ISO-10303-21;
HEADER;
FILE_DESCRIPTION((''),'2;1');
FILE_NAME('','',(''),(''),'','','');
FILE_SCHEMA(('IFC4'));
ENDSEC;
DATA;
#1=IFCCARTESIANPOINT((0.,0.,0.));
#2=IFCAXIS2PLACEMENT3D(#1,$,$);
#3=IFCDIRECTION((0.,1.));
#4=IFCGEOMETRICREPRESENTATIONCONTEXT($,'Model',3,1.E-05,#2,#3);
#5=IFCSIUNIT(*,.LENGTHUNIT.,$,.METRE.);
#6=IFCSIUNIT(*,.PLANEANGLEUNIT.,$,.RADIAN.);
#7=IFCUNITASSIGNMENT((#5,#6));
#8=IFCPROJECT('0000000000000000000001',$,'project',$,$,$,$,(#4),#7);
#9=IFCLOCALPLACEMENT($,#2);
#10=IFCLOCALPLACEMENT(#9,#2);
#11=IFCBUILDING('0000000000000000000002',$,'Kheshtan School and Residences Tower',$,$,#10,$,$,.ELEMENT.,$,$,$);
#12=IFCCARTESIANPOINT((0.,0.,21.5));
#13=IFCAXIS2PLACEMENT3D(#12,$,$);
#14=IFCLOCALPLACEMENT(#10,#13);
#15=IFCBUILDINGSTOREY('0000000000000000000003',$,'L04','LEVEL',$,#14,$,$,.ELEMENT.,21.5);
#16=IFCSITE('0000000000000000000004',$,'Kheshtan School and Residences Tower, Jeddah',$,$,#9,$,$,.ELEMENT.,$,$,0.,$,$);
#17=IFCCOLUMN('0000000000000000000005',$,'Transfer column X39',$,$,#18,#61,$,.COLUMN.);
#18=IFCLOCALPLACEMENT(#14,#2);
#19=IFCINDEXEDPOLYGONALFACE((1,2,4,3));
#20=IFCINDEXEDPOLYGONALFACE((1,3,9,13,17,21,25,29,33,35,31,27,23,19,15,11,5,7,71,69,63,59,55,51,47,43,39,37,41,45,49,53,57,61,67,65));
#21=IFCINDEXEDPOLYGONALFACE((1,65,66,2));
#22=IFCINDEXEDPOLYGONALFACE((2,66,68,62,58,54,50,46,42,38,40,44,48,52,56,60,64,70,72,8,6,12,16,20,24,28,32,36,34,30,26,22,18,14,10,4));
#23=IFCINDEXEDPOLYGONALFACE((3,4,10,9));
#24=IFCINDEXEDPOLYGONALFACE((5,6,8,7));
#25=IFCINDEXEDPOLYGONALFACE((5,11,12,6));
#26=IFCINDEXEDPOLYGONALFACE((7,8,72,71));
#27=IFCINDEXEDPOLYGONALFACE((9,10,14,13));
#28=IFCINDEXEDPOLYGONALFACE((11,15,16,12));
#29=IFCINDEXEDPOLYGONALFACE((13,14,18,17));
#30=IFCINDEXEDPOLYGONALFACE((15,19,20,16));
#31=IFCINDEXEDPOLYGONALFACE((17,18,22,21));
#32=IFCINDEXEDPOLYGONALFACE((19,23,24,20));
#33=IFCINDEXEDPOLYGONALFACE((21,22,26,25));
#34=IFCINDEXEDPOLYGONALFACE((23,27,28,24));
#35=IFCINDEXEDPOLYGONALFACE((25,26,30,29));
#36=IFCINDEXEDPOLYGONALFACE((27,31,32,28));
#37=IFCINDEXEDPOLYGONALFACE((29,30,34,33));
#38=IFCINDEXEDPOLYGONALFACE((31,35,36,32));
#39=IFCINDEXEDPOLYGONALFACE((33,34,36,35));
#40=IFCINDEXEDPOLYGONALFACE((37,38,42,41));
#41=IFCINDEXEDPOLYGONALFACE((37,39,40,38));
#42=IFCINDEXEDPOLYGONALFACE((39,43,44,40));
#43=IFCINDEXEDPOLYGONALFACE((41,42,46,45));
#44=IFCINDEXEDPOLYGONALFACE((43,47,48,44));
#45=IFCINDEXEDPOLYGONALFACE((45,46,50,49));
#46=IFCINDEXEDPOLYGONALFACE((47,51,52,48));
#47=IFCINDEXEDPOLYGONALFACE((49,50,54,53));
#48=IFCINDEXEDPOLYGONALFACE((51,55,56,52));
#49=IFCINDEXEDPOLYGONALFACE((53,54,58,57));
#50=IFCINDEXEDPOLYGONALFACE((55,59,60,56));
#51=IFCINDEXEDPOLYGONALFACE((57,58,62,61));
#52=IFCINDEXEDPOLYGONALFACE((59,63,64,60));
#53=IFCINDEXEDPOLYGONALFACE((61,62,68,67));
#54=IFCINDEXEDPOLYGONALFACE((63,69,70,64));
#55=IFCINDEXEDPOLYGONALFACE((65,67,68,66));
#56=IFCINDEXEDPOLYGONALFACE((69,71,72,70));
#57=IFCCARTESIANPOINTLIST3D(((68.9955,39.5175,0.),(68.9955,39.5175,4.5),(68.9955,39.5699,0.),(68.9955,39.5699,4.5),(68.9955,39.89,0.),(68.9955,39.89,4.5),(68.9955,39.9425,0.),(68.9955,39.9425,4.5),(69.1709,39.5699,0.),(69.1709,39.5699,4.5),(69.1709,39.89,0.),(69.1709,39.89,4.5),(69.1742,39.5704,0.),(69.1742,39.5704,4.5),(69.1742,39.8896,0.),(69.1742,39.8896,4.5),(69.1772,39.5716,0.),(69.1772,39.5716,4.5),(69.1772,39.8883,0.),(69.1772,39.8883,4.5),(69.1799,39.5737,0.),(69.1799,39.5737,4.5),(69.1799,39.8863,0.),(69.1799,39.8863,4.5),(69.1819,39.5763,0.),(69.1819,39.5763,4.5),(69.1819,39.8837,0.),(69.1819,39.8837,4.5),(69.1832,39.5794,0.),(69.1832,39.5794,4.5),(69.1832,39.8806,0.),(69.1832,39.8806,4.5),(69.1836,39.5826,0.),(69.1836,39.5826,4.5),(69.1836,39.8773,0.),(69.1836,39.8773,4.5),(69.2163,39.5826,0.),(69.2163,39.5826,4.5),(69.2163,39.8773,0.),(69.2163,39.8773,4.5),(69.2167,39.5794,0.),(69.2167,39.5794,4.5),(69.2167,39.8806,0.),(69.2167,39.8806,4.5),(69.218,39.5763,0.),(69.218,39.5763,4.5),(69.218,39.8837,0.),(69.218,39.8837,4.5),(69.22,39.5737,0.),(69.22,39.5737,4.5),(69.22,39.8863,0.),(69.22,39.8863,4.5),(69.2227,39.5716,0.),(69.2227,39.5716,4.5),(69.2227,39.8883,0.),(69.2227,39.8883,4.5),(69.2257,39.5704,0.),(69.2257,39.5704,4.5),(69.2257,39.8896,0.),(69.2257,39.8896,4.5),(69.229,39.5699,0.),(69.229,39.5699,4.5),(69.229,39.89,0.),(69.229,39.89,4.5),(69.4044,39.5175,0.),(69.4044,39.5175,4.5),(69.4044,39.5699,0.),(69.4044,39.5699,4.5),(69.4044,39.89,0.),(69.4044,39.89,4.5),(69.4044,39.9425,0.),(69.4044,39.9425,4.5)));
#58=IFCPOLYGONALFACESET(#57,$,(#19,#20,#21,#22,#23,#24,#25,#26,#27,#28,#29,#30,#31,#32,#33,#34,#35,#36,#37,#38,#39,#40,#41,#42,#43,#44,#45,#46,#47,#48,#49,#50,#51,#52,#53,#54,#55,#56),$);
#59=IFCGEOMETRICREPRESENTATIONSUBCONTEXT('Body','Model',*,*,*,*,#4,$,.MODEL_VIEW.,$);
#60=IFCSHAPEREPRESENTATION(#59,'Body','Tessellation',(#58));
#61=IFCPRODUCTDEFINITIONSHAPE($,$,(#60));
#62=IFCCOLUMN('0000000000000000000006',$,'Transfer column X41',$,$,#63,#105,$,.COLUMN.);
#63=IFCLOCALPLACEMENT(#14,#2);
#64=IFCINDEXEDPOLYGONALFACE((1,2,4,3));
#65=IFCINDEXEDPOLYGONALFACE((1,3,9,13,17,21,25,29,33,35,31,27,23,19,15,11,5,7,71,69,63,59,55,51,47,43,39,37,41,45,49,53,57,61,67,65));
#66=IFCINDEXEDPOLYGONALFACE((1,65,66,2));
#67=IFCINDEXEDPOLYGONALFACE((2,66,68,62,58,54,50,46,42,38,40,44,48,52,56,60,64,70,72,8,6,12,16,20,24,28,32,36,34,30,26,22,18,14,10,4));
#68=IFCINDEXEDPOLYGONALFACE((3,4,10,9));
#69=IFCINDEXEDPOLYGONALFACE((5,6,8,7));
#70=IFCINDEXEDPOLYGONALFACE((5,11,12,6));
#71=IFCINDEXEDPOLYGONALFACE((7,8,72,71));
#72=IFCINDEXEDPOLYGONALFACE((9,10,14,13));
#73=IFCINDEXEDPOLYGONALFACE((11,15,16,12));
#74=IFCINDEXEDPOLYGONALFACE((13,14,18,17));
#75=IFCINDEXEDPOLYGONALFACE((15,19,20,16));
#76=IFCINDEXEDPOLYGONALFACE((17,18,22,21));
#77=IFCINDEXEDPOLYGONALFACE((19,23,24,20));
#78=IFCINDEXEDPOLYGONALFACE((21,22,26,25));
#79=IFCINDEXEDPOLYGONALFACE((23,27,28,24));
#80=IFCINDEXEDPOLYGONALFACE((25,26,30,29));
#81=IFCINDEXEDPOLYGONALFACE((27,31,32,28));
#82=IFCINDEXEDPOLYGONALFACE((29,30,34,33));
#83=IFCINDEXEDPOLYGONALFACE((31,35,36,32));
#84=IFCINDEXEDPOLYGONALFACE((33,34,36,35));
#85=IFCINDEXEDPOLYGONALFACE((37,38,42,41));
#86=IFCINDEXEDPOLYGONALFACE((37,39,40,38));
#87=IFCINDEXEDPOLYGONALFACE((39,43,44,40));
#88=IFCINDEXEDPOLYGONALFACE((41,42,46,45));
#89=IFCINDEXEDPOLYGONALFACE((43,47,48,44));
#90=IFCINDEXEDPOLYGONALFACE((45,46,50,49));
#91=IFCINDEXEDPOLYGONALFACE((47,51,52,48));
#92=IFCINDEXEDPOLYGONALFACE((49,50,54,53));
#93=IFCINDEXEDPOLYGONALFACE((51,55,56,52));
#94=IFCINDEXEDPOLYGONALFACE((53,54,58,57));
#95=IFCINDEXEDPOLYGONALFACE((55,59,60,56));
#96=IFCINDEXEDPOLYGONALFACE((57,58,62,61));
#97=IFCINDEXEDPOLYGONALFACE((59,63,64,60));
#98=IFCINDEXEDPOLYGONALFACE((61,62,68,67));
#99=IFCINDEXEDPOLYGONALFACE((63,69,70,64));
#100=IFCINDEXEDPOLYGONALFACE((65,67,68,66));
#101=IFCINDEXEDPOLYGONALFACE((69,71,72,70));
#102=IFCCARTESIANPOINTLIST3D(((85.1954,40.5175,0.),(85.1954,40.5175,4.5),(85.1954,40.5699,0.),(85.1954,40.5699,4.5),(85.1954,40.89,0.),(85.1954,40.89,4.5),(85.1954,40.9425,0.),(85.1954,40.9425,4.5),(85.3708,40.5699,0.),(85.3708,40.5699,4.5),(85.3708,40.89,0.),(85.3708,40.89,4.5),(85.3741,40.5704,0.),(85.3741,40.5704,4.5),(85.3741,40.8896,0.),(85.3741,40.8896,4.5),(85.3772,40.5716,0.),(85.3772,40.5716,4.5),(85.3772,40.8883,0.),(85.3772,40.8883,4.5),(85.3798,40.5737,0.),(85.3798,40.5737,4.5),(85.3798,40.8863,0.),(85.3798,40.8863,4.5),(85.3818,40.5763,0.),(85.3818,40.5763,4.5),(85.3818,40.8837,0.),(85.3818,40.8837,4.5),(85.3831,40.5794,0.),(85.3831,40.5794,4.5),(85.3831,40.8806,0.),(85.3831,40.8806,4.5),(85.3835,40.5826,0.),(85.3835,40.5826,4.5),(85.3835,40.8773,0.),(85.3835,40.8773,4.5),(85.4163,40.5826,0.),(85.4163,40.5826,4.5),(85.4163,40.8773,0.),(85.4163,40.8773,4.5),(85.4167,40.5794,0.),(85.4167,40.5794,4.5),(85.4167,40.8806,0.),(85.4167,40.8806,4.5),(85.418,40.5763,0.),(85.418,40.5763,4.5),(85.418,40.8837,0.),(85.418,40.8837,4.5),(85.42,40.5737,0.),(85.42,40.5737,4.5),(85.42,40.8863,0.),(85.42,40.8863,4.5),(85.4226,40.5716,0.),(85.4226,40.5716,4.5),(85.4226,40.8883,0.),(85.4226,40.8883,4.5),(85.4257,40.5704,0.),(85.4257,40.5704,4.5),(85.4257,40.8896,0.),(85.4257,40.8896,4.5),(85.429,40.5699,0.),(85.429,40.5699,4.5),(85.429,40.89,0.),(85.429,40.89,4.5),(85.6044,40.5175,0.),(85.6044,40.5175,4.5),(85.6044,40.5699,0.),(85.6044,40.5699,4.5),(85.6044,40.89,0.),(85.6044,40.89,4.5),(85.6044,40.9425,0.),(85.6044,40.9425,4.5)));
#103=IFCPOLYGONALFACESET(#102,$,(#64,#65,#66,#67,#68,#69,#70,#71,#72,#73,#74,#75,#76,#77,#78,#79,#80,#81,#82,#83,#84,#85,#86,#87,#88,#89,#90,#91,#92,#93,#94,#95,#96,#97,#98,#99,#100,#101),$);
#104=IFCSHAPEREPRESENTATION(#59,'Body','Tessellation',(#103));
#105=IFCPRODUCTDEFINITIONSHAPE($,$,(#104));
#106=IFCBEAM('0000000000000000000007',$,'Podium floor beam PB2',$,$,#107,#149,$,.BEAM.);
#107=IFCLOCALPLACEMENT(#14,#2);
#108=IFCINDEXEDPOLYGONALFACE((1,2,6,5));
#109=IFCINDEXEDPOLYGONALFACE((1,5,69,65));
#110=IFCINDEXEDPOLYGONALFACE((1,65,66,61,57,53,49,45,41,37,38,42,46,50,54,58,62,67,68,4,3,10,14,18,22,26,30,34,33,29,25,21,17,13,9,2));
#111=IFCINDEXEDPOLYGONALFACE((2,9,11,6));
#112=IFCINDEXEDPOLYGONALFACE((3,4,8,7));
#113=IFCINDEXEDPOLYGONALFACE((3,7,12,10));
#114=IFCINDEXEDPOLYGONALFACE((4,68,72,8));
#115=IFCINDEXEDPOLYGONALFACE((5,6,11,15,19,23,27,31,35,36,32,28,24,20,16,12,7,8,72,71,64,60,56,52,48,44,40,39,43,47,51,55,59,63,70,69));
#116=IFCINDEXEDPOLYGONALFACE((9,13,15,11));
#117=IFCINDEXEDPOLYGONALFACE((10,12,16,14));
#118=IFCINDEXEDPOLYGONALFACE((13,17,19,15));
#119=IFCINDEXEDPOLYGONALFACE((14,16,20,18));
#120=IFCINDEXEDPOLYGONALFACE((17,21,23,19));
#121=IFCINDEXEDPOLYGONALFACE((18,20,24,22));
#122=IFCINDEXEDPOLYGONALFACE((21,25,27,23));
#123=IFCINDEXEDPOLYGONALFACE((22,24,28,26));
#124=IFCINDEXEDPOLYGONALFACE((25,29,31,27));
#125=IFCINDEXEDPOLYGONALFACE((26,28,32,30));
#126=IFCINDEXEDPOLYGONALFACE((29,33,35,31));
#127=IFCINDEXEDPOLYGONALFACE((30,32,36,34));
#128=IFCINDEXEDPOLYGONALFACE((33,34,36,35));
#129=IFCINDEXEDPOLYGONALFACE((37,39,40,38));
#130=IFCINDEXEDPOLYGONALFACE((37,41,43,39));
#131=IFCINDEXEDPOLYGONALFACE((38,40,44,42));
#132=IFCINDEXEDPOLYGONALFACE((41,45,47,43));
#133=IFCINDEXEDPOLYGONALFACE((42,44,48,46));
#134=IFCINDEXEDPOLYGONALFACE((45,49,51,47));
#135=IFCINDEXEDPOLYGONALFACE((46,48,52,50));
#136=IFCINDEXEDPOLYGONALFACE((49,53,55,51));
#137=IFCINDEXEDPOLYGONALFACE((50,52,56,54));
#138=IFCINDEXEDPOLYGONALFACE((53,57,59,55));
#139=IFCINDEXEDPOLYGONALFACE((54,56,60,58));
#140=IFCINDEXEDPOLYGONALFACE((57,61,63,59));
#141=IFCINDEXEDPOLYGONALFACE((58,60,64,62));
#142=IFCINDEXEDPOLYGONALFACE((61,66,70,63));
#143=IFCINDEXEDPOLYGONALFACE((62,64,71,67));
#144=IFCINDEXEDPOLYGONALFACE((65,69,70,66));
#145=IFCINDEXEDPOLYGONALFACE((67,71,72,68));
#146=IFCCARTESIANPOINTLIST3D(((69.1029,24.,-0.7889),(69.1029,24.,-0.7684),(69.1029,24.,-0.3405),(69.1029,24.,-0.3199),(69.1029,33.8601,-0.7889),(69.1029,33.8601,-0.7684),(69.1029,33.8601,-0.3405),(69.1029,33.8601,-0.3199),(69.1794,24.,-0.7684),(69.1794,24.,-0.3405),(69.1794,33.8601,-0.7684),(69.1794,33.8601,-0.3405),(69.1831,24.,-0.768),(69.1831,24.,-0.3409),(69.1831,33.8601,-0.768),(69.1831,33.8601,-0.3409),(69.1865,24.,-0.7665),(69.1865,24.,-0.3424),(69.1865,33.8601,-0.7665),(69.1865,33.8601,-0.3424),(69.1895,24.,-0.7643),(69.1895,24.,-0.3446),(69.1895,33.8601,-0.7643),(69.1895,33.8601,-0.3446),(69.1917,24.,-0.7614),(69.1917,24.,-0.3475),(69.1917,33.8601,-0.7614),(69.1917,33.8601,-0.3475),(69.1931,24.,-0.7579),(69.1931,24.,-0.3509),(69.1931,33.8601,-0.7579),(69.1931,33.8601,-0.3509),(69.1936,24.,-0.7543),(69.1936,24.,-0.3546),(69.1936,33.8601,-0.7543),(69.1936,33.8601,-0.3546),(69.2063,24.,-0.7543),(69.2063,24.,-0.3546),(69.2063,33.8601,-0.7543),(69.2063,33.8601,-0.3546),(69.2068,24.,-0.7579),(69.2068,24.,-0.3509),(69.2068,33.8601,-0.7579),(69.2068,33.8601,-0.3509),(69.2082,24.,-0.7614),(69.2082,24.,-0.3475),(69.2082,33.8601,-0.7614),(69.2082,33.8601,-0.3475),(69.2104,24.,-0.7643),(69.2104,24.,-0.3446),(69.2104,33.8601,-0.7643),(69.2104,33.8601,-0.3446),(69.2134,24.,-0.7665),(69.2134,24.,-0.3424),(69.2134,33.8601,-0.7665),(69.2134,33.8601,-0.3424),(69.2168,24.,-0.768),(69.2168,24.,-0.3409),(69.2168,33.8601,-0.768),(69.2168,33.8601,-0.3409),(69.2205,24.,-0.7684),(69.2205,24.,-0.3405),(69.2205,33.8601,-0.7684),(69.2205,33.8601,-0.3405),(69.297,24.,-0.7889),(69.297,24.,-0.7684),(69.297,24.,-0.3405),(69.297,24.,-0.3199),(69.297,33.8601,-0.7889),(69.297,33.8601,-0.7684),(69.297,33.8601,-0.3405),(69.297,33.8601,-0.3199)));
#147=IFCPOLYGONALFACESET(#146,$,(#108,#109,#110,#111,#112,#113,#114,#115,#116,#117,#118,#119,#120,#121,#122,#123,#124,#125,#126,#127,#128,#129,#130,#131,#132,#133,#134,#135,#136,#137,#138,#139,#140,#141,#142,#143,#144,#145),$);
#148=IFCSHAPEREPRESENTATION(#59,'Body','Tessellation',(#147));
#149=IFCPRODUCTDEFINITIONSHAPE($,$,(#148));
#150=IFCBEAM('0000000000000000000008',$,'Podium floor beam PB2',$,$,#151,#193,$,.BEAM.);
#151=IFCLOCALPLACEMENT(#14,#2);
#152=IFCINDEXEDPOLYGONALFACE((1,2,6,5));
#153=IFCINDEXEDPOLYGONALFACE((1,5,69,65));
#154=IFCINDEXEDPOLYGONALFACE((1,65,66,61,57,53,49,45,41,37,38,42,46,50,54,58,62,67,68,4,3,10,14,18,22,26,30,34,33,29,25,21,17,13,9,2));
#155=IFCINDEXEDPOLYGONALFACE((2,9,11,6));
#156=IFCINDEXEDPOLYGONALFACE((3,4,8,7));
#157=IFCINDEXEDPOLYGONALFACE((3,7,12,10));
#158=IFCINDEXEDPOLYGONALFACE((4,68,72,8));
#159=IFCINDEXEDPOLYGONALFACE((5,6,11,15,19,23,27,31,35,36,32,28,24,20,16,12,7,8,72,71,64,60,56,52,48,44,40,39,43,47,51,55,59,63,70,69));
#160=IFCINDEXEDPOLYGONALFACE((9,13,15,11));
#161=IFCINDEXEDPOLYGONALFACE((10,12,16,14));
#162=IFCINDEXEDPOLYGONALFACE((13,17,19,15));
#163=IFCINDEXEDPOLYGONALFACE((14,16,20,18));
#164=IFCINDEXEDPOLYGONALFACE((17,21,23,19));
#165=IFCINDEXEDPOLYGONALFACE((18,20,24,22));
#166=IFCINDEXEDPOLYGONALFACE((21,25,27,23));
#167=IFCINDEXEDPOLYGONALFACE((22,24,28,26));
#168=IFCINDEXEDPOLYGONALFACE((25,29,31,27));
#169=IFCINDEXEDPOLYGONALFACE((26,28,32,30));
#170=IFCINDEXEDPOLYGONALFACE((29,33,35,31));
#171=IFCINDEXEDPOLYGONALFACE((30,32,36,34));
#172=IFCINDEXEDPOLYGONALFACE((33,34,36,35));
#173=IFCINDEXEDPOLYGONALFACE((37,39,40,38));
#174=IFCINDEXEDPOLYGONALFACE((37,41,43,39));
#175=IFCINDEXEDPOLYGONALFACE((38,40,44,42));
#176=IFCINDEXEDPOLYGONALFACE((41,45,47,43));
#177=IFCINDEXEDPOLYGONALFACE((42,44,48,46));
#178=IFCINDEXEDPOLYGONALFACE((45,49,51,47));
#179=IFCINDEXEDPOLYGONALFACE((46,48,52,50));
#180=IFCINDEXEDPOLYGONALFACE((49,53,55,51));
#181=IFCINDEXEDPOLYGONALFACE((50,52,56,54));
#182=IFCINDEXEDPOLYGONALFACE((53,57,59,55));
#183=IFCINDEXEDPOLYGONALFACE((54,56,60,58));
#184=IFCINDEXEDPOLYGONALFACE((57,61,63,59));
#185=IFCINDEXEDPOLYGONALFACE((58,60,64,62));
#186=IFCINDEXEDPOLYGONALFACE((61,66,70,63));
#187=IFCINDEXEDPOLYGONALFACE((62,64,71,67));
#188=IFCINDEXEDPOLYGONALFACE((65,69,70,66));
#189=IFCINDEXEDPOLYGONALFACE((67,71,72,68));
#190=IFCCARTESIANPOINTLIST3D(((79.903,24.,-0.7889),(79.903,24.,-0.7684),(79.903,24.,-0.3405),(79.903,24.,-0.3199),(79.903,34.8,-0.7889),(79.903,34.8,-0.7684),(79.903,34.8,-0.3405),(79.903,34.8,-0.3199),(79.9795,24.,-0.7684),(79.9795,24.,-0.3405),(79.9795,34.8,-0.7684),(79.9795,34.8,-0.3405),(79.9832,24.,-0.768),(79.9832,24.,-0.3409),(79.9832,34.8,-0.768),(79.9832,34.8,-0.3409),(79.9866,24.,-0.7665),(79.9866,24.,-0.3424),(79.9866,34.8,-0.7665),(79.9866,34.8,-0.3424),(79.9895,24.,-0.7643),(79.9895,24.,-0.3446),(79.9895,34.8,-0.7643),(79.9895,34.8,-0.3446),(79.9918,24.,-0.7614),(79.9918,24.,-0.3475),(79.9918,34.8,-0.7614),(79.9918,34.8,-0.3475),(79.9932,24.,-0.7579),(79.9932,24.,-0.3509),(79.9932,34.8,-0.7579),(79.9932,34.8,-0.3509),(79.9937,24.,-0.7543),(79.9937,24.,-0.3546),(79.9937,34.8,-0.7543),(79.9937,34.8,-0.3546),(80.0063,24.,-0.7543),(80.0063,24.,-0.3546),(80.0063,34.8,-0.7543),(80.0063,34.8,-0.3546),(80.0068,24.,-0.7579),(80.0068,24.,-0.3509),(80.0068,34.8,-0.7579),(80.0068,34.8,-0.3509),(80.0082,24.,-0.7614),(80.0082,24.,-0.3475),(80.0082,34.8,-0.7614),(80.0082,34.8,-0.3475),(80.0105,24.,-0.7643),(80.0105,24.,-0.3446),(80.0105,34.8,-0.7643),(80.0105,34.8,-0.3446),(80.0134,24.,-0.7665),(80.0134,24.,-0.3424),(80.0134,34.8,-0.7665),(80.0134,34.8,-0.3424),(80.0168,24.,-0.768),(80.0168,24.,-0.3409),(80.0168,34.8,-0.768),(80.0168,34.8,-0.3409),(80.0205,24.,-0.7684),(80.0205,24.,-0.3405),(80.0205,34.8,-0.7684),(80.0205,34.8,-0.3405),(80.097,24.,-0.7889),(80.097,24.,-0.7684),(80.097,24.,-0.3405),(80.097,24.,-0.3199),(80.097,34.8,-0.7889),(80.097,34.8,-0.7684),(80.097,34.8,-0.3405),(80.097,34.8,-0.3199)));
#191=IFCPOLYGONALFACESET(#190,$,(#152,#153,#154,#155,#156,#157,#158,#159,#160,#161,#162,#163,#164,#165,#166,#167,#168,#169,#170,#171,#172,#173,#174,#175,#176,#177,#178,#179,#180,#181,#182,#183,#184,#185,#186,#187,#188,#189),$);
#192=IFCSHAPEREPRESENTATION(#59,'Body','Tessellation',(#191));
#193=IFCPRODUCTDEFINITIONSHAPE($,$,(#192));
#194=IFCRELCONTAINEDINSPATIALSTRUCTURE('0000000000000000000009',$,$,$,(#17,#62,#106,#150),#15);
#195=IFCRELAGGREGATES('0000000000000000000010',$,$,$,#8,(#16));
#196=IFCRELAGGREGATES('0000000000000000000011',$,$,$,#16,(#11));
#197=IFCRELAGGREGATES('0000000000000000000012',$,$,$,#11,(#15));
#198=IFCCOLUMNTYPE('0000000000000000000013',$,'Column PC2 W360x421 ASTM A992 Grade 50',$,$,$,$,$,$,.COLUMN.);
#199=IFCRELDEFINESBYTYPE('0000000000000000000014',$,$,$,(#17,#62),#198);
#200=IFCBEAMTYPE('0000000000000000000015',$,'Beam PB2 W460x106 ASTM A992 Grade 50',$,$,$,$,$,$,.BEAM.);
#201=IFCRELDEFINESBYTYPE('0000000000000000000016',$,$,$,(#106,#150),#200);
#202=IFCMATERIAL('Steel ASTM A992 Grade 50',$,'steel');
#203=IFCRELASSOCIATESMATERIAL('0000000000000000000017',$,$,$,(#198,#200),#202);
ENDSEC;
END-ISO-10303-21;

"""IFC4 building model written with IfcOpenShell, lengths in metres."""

from ifc_helpers import new_model, si_unit, direction, frame, origin, origin_2d, place, context, subcontext, project, spatial, i_section, extrude, material, material_profile, profile_set, type_object, element, save


model = new_model("IFC4")

# Units and contexts
model_context = context("Model", 3, precision=1e-05, world=origin(), true_north=direction((0.0, 1.0)))
body_context = subcontext(model_context, "Body", "Model", "MODEL_VIEW")
ifc_project = project(units=[si_unit("LENGTHUNIT", "METRE"), si_unit("PLANEANGLEUNIT", "RADIAN")], contexts=[model_context])

# Site, building, storey
site_placement = place(None, origin())
site = spatial("IfcSite", under=ifc_project, at=site_placement, Name="Kheshtan School and Residences Tower, Jeddah", CompositionType="ELEMENT", RefElevation=0.0)
building_placement = place(site_placement, origin())
building = spatial("IfcBuilding", under=site, at=building_placement, Name="Kheshtan School and Residences Tower", CompositionType="ELEMENT")
storey_placement = place(building_placement, frame((0.0, 0.0, 21.5)))
storey = spatial("IfcBuildingStorey", under=building, at=storey_placement, Name="L04", Description="LEVEL", CompositionType="ELEMENT", Elevation=21.5)

# Columns
ifc_material_1 = material(Name="Steel ASTM A992 Grade 50", Category="steel")
ifc_material_profile_1 = material_profile(ifc_material_1, i_section(OverallWidth=0.4089, OverallDepth=0.425, WebThickness=0.0327, FlangeThickness=0.0525, FilletRadius=0.0127, at=origin_2d()), Name="W360x421")
ifc_profile_set_1 = profile_set([ifc_material_profile_1], Name="Steel ASTM A992 Grade 50")
column_type = type_object("IfcColumnType", Name="Column PC2 W360x421 ASTM A992 Grade 50", PredefinedType="COLUMN", material=ifc_profile_set_1)
for number, where, z_axis, x_axis, name in (
    (1, (69.2, 39.73, 0.0), (0.0, 0.0, 1.0), (1.0, 0.0, 0.0), "Transfer column X39"),
    (2, (85.3999, 40.73, 0.0), (0.0, 0.0, 1.0), (1.0, 0.0, 0.0), "Transfer column X41"),
):
    element("IfcColumn", number, at=place(storey_placement, frame(where, z_axis=z_axis, x_axis=x_axis)), inside=storey, type_object=column_type, Name=name, PredefinedType="COLUMN", context=body_context, shape_type="SweptSolid", body=[
        extrude(i_section(OverallWidth=0.4089, OverallDepth=0.425, WebThickness=0.0327, FlangeThickness=0.0525, FilletRadius=0.0127, at=origin_2d()), origin(), (0.0, 0.0, 1.0), 4.5),
    ])

# Beams
ifc_material_profile_2 = material_profile(ifc_material_1, i_section(OverallWidth=0.1941, OverallDepth=0.469, WebThickness=0.0127, FlangeThickness=0.0205, FilletRadius=0.0142, at=origin_2d()), Name="W460x106")
ifc_profile_set_2 = profile_set([ifc_material_profile_2], Name="Steel ASTM A992 Grade 50")
beam_type = type_object("IfcBeamType", Name="Beam PB2 W460x106 ASTM A992 Grade 50", PredefinedType="BEAM", material=ifc_profile_set_2)
beam_1_placement = place(storey_placement, frame((69.2, 24.0, -0.5544), z_axis=(0.0, 1.0, 0.0), x_axis=(-1.0, 0.0, 0.0)))
element("IfcBeam", 3, at=beam_1_placement, inside=storey, type_object=beam_type, Name="Podium floor beam PB2", PredefinedType="BEAM", context=body_context, shape_type="SweptSolid", body=[
    extrude(i_section(OverallWidth=0.1941, OverallDepth=0.469, WebThickness=0.0127, FlangeThickness=0.0205, FilletRadius=0.0142, at=origin_2d()), origin(), (0.0, 0.0, 1.0), 9.8601),
])
beam_2_placement = place(storey_placement, frame((80.0, 24.0, -0.5544), z_axis=(0.0, 1.0, 0.0), x_axis=(-1.0, 0.0, 0.0)))
element("IfcBeam", 4, at=beam_2_placement, inside=storey, type_object=beam_type, Name="Podium floor beam PB2", PredefinedType="BEAM", context=body_context, shape_type="SweptSolid", body=[
    extrude(i_section(OverallWidth=0.1941, OverallDepth=0.469, WebThickness=0.0127, FlangeThickness=0.0205, FilletRadius=0.0142, at=origin_2d()), origin(), (0.0, 0.0, 1.0), 10.8),
])

save(model, "model.ifc")
